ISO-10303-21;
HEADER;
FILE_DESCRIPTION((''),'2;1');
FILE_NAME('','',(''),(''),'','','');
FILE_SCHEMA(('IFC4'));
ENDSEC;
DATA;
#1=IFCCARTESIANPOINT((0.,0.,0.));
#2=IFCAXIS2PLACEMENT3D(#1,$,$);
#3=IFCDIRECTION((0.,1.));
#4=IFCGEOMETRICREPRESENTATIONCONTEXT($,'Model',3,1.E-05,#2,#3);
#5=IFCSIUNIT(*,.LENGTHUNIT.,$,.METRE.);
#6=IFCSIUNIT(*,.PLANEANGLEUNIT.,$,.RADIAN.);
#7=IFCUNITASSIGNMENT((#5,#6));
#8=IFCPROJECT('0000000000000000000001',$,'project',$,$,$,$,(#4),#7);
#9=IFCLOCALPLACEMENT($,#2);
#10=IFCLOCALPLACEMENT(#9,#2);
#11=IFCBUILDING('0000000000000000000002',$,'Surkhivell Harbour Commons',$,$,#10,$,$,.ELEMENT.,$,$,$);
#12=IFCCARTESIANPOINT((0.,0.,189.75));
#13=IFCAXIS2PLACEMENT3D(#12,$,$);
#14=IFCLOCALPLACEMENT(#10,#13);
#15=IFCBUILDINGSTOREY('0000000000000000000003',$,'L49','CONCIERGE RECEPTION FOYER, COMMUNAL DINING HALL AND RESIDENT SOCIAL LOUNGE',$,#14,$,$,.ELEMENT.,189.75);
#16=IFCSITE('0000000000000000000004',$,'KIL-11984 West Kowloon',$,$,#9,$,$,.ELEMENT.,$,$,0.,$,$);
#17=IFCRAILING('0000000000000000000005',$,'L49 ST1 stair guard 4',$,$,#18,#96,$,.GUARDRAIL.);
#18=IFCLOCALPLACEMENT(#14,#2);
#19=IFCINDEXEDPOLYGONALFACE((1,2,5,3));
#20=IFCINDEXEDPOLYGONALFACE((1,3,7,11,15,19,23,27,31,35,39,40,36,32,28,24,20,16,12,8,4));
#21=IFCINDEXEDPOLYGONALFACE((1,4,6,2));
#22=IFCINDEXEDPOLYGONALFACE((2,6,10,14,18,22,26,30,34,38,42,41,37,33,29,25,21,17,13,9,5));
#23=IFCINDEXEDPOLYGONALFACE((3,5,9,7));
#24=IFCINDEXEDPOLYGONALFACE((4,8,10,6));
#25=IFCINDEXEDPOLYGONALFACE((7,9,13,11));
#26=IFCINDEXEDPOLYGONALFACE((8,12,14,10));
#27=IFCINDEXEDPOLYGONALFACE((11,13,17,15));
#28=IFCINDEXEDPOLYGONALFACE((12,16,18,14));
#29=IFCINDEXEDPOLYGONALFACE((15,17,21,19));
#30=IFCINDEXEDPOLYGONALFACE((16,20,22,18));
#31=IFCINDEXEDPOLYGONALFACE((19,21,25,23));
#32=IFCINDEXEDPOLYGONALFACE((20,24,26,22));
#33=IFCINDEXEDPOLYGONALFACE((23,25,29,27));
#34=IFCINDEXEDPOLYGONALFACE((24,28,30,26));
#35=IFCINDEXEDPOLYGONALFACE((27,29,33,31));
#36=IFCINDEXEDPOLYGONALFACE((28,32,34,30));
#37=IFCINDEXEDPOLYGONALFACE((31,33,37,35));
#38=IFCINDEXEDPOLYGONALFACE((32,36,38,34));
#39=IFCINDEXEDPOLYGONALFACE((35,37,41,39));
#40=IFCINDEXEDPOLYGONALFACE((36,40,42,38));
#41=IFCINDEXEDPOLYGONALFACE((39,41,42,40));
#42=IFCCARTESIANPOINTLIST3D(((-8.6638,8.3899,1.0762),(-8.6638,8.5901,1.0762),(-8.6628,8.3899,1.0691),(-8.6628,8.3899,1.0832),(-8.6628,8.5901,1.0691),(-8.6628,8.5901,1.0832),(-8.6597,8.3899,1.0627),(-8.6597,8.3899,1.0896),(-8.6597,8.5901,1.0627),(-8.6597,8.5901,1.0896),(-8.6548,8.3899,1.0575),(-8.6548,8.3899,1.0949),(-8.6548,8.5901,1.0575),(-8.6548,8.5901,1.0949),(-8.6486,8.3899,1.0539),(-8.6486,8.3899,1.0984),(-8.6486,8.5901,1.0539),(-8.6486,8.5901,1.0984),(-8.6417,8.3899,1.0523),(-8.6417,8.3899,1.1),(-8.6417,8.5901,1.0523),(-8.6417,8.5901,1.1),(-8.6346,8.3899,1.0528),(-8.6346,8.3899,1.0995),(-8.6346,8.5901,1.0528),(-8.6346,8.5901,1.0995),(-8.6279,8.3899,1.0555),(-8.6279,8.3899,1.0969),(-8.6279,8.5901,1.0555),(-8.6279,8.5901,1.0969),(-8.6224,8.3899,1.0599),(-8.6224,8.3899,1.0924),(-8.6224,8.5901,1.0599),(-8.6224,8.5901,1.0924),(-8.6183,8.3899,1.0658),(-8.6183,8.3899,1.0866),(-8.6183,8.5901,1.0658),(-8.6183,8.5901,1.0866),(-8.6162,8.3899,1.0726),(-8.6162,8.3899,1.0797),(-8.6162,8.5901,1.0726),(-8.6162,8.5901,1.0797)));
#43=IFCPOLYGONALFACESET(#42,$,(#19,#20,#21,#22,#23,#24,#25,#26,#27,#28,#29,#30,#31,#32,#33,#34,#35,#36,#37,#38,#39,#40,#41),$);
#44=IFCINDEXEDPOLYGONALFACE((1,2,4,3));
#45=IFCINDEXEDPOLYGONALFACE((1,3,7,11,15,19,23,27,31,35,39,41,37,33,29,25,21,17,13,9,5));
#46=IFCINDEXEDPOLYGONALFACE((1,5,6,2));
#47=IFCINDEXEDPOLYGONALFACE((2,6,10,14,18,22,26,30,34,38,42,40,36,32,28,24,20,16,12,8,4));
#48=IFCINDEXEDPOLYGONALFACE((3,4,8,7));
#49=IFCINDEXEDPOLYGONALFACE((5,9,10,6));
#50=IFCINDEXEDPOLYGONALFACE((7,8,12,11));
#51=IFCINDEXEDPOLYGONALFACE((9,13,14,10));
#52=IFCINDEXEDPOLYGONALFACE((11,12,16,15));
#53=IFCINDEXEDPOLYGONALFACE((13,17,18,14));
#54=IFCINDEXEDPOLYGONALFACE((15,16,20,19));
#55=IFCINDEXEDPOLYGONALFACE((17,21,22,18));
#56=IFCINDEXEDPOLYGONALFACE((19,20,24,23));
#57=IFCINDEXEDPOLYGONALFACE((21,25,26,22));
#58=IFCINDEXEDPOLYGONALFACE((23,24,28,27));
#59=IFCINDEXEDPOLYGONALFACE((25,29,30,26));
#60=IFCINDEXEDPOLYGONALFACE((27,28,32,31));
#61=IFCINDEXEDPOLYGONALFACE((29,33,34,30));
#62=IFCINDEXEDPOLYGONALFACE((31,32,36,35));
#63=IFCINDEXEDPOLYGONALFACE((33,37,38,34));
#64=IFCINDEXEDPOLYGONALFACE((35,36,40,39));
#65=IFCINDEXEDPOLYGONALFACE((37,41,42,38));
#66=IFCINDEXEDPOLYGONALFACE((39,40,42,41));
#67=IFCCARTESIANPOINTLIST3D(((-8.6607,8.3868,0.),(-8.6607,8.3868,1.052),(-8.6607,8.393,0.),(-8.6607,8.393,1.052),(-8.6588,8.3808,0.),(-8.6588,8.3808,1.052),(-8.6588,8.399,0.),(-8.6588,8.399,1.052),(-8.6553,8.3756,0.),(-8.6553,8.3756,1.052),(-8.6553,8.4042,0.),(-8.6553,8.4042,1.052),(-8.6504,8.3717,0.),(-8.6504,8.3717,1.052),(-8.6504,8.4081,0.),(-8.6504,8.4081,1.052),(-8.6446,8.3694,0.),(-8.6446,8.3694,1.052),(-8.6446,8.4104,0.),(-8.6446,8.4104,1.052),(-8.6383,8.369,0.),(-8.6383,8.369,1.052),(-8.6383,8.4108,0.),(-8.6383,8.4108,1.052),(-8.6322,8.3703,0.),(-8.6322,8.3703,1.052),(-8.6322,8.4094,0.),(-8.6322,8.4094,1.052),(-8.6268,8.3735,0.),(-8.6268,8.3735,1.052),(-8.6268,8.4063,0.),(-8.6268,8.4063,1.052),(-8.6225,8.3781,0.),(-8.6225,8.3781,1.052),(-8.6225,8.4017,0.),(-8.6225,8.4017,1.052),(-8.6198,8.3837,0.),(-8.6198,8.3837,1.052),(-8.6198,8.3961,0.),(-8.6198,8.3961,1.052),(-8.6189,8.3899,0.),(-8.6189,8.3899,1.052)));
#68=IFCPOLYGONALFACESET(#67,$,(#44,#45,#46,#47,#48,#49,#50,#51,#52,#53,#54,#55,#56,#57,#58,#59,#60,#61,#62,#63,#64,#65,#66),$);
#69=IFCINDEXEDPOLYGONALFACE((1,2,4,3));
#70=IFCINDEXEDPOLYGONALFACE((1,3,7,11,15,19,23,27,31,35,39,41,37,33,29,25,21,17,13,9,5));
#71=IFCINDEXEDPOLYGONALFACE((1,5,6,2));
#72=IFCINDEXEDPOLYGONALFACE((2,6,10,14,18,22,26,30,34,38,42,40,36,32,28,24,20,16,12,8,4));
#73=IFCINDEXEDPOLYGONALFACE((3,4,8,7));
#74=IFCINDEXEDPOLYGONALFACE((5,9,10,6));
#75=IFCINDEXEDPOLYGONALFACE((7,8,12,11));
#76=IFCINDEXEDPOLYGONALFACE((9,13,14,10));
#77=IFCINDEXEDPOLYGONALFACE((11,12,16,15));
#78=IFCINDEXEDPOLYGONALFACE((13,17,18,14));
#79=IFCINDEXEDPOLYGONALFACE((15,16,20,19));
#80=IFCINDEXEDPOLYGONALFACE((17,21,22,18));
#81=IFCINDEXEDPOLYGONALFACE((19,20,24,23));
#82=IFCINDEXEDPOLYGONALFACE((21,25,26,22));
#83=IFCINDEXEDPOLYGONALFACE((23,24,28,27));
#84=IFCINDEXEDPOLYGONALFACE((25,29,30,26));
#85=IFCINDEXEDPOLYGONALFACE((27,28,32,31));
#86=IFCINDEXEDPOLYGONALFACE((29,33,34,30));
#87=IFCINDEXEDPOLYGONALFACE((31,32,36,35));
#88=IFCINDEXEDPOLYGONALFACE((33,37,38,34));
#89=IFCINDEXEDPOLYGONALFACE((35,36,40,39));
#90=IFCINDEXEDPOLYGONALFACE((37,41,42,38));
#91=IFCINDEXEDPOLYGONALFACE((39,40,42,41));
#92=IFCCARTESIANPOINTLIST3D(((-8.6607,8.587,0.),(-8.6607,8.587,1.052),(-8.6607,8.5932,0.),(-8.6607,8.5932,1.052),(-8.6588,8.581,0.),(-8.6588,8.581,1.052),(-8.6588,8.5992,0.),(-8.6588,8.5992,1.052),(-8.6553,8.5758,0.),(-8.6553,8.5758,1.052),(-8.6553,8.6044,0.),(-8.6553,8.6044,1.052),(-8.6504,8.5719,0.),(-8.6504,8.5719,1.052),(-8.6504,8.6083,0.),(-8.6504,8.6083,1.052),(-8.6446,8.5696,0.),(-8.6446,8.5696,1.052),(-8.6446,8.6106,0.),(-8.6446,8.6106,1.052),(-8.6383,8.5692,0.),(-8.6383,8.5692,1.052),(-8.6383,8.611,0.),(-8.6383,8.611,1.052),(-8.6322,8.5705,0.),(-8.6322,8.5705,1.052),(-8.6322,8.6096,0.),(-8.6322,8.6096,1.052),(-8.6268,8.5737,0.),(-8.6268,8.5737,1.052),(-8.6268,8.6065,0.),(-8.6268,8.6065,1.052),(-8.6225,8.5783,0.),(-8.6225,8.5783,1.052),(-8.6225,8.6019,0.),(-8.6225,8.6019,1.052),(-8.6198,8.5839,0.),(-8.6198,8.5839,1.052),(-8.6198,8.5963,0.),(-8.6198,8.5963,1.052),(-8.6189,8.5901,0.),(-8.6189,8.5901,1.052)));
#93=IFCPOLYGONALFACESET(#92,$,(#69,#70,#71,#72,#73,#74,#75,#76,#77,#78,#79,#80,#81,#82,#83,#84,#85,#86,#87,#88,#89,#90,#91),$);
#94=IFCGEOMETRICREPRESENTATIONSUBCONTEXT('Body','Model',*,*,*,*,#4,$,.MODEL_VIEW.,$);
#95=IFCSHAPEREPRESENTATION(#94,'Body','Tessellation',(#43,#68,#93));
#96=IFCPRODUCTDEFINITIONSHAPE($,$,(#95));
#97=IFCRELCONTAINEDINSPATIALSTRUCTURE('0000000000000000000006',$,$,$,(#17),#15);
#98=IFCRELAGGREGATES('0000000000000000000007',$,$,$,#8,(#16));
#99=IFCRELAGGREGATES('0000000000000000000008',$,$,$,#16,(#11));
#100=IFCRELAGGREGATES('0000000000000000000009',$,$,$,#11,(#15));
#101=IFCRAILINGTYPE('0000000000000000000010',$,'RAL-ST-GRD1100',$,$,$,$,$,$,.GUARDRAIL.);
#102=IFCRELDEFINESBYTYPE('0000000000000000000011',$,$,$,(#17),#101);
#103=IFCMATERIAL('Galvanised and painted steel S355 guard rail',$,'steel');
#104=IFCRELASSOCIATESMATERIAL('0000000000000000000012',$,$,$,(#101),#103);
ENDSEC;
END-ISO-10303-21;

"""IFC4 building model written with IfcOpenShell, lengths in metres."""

from ifc_helpers import new_model, si_unit, direction, frame, origin, origin_2d, place, context, subcontext, project, spatial, circle, extrude, material, type_object, element, save


model = new_model("IFC4")

# Units and contexts
model_context = context("Model", 3, precision=1e-05, world=origin(), true_north=direction((0.0, 1.0)))
body_context = subcontext(model_context, "Body", "Model", "MODEL_VIEW")
ifc_project = project(units=[si_unit("LENGTHUNIT", "METRE"), si_unit("PLANEANGLEUNIT", "RADIAN")], contexts=[model_context])

# Site, building, storey
site_placement = place(None, origin())
site = spatial("IfcSite", under=ifc_project, at=site_placement, Name="KIL-11984 West Kowloon", CompositionType="ELEMENT", RefElevation=0.0)
building_placement = place(site_placement, origin())
building = spatial("IfcBuilding", under=site, at=building_placement, Name="Surkhivell Harbour Commons", CompositionType="ELEMENT")
storey_placement = place(building_placement, frame((0.0, 0.0, 189.75)))
storey = spatial("IfcBuildingStorey", under=building, at=storey_placement, Name="L49", Description="CONCIERGE RECEPTION FOYER, COMMUNAL DINING HALL AND RESIDENT SOCIAL LOUNGE", CompositionType="ELEMENT", Elevation=189.75)

# Railing
ifc_material_1 = material(Name="Galvanised and painted steel S355 guard rail", Category="steel")
railing_type_1 = type_object("IfcRailingType", Name="RAL-ST-GRD1100", PredefinedType="GUARDRAIL", material=ifc_material_1)
railing_1_placement = place(storey_placement, frame((-8.6399, 8.3899, 0.0)))
element("IfcRailing", 1, at=railing_1_placement, inside=storey, type_object=railing_type_1, Name="L49 ST1 stair guard 4", PredefinedType="GUARDRAIL", context=body_context, shape_type="SweptSolid", body=[
    extrude(circle(Radius=0.0239, at=origin_2d()), frame((0.0, 0.0, 1.0762), z_axis=(0.0, 1.0, 0.0), x_axis=(-1.0, 0.0, 0.0)), (0.0, 0.0, 1.0), 0.2002),
    extrude(circle(Radius=0.021, at=origin_2d()), origin(), (0.0, 0.0, 1.0), 1.052),
    extrude(circle(Radius=0.021, at=origin_2d()), frame((0.0, 0.2002, 0.0)), (0.0, 0.0, 1.0), 1.052),
])

save(model, "model.ifc")
